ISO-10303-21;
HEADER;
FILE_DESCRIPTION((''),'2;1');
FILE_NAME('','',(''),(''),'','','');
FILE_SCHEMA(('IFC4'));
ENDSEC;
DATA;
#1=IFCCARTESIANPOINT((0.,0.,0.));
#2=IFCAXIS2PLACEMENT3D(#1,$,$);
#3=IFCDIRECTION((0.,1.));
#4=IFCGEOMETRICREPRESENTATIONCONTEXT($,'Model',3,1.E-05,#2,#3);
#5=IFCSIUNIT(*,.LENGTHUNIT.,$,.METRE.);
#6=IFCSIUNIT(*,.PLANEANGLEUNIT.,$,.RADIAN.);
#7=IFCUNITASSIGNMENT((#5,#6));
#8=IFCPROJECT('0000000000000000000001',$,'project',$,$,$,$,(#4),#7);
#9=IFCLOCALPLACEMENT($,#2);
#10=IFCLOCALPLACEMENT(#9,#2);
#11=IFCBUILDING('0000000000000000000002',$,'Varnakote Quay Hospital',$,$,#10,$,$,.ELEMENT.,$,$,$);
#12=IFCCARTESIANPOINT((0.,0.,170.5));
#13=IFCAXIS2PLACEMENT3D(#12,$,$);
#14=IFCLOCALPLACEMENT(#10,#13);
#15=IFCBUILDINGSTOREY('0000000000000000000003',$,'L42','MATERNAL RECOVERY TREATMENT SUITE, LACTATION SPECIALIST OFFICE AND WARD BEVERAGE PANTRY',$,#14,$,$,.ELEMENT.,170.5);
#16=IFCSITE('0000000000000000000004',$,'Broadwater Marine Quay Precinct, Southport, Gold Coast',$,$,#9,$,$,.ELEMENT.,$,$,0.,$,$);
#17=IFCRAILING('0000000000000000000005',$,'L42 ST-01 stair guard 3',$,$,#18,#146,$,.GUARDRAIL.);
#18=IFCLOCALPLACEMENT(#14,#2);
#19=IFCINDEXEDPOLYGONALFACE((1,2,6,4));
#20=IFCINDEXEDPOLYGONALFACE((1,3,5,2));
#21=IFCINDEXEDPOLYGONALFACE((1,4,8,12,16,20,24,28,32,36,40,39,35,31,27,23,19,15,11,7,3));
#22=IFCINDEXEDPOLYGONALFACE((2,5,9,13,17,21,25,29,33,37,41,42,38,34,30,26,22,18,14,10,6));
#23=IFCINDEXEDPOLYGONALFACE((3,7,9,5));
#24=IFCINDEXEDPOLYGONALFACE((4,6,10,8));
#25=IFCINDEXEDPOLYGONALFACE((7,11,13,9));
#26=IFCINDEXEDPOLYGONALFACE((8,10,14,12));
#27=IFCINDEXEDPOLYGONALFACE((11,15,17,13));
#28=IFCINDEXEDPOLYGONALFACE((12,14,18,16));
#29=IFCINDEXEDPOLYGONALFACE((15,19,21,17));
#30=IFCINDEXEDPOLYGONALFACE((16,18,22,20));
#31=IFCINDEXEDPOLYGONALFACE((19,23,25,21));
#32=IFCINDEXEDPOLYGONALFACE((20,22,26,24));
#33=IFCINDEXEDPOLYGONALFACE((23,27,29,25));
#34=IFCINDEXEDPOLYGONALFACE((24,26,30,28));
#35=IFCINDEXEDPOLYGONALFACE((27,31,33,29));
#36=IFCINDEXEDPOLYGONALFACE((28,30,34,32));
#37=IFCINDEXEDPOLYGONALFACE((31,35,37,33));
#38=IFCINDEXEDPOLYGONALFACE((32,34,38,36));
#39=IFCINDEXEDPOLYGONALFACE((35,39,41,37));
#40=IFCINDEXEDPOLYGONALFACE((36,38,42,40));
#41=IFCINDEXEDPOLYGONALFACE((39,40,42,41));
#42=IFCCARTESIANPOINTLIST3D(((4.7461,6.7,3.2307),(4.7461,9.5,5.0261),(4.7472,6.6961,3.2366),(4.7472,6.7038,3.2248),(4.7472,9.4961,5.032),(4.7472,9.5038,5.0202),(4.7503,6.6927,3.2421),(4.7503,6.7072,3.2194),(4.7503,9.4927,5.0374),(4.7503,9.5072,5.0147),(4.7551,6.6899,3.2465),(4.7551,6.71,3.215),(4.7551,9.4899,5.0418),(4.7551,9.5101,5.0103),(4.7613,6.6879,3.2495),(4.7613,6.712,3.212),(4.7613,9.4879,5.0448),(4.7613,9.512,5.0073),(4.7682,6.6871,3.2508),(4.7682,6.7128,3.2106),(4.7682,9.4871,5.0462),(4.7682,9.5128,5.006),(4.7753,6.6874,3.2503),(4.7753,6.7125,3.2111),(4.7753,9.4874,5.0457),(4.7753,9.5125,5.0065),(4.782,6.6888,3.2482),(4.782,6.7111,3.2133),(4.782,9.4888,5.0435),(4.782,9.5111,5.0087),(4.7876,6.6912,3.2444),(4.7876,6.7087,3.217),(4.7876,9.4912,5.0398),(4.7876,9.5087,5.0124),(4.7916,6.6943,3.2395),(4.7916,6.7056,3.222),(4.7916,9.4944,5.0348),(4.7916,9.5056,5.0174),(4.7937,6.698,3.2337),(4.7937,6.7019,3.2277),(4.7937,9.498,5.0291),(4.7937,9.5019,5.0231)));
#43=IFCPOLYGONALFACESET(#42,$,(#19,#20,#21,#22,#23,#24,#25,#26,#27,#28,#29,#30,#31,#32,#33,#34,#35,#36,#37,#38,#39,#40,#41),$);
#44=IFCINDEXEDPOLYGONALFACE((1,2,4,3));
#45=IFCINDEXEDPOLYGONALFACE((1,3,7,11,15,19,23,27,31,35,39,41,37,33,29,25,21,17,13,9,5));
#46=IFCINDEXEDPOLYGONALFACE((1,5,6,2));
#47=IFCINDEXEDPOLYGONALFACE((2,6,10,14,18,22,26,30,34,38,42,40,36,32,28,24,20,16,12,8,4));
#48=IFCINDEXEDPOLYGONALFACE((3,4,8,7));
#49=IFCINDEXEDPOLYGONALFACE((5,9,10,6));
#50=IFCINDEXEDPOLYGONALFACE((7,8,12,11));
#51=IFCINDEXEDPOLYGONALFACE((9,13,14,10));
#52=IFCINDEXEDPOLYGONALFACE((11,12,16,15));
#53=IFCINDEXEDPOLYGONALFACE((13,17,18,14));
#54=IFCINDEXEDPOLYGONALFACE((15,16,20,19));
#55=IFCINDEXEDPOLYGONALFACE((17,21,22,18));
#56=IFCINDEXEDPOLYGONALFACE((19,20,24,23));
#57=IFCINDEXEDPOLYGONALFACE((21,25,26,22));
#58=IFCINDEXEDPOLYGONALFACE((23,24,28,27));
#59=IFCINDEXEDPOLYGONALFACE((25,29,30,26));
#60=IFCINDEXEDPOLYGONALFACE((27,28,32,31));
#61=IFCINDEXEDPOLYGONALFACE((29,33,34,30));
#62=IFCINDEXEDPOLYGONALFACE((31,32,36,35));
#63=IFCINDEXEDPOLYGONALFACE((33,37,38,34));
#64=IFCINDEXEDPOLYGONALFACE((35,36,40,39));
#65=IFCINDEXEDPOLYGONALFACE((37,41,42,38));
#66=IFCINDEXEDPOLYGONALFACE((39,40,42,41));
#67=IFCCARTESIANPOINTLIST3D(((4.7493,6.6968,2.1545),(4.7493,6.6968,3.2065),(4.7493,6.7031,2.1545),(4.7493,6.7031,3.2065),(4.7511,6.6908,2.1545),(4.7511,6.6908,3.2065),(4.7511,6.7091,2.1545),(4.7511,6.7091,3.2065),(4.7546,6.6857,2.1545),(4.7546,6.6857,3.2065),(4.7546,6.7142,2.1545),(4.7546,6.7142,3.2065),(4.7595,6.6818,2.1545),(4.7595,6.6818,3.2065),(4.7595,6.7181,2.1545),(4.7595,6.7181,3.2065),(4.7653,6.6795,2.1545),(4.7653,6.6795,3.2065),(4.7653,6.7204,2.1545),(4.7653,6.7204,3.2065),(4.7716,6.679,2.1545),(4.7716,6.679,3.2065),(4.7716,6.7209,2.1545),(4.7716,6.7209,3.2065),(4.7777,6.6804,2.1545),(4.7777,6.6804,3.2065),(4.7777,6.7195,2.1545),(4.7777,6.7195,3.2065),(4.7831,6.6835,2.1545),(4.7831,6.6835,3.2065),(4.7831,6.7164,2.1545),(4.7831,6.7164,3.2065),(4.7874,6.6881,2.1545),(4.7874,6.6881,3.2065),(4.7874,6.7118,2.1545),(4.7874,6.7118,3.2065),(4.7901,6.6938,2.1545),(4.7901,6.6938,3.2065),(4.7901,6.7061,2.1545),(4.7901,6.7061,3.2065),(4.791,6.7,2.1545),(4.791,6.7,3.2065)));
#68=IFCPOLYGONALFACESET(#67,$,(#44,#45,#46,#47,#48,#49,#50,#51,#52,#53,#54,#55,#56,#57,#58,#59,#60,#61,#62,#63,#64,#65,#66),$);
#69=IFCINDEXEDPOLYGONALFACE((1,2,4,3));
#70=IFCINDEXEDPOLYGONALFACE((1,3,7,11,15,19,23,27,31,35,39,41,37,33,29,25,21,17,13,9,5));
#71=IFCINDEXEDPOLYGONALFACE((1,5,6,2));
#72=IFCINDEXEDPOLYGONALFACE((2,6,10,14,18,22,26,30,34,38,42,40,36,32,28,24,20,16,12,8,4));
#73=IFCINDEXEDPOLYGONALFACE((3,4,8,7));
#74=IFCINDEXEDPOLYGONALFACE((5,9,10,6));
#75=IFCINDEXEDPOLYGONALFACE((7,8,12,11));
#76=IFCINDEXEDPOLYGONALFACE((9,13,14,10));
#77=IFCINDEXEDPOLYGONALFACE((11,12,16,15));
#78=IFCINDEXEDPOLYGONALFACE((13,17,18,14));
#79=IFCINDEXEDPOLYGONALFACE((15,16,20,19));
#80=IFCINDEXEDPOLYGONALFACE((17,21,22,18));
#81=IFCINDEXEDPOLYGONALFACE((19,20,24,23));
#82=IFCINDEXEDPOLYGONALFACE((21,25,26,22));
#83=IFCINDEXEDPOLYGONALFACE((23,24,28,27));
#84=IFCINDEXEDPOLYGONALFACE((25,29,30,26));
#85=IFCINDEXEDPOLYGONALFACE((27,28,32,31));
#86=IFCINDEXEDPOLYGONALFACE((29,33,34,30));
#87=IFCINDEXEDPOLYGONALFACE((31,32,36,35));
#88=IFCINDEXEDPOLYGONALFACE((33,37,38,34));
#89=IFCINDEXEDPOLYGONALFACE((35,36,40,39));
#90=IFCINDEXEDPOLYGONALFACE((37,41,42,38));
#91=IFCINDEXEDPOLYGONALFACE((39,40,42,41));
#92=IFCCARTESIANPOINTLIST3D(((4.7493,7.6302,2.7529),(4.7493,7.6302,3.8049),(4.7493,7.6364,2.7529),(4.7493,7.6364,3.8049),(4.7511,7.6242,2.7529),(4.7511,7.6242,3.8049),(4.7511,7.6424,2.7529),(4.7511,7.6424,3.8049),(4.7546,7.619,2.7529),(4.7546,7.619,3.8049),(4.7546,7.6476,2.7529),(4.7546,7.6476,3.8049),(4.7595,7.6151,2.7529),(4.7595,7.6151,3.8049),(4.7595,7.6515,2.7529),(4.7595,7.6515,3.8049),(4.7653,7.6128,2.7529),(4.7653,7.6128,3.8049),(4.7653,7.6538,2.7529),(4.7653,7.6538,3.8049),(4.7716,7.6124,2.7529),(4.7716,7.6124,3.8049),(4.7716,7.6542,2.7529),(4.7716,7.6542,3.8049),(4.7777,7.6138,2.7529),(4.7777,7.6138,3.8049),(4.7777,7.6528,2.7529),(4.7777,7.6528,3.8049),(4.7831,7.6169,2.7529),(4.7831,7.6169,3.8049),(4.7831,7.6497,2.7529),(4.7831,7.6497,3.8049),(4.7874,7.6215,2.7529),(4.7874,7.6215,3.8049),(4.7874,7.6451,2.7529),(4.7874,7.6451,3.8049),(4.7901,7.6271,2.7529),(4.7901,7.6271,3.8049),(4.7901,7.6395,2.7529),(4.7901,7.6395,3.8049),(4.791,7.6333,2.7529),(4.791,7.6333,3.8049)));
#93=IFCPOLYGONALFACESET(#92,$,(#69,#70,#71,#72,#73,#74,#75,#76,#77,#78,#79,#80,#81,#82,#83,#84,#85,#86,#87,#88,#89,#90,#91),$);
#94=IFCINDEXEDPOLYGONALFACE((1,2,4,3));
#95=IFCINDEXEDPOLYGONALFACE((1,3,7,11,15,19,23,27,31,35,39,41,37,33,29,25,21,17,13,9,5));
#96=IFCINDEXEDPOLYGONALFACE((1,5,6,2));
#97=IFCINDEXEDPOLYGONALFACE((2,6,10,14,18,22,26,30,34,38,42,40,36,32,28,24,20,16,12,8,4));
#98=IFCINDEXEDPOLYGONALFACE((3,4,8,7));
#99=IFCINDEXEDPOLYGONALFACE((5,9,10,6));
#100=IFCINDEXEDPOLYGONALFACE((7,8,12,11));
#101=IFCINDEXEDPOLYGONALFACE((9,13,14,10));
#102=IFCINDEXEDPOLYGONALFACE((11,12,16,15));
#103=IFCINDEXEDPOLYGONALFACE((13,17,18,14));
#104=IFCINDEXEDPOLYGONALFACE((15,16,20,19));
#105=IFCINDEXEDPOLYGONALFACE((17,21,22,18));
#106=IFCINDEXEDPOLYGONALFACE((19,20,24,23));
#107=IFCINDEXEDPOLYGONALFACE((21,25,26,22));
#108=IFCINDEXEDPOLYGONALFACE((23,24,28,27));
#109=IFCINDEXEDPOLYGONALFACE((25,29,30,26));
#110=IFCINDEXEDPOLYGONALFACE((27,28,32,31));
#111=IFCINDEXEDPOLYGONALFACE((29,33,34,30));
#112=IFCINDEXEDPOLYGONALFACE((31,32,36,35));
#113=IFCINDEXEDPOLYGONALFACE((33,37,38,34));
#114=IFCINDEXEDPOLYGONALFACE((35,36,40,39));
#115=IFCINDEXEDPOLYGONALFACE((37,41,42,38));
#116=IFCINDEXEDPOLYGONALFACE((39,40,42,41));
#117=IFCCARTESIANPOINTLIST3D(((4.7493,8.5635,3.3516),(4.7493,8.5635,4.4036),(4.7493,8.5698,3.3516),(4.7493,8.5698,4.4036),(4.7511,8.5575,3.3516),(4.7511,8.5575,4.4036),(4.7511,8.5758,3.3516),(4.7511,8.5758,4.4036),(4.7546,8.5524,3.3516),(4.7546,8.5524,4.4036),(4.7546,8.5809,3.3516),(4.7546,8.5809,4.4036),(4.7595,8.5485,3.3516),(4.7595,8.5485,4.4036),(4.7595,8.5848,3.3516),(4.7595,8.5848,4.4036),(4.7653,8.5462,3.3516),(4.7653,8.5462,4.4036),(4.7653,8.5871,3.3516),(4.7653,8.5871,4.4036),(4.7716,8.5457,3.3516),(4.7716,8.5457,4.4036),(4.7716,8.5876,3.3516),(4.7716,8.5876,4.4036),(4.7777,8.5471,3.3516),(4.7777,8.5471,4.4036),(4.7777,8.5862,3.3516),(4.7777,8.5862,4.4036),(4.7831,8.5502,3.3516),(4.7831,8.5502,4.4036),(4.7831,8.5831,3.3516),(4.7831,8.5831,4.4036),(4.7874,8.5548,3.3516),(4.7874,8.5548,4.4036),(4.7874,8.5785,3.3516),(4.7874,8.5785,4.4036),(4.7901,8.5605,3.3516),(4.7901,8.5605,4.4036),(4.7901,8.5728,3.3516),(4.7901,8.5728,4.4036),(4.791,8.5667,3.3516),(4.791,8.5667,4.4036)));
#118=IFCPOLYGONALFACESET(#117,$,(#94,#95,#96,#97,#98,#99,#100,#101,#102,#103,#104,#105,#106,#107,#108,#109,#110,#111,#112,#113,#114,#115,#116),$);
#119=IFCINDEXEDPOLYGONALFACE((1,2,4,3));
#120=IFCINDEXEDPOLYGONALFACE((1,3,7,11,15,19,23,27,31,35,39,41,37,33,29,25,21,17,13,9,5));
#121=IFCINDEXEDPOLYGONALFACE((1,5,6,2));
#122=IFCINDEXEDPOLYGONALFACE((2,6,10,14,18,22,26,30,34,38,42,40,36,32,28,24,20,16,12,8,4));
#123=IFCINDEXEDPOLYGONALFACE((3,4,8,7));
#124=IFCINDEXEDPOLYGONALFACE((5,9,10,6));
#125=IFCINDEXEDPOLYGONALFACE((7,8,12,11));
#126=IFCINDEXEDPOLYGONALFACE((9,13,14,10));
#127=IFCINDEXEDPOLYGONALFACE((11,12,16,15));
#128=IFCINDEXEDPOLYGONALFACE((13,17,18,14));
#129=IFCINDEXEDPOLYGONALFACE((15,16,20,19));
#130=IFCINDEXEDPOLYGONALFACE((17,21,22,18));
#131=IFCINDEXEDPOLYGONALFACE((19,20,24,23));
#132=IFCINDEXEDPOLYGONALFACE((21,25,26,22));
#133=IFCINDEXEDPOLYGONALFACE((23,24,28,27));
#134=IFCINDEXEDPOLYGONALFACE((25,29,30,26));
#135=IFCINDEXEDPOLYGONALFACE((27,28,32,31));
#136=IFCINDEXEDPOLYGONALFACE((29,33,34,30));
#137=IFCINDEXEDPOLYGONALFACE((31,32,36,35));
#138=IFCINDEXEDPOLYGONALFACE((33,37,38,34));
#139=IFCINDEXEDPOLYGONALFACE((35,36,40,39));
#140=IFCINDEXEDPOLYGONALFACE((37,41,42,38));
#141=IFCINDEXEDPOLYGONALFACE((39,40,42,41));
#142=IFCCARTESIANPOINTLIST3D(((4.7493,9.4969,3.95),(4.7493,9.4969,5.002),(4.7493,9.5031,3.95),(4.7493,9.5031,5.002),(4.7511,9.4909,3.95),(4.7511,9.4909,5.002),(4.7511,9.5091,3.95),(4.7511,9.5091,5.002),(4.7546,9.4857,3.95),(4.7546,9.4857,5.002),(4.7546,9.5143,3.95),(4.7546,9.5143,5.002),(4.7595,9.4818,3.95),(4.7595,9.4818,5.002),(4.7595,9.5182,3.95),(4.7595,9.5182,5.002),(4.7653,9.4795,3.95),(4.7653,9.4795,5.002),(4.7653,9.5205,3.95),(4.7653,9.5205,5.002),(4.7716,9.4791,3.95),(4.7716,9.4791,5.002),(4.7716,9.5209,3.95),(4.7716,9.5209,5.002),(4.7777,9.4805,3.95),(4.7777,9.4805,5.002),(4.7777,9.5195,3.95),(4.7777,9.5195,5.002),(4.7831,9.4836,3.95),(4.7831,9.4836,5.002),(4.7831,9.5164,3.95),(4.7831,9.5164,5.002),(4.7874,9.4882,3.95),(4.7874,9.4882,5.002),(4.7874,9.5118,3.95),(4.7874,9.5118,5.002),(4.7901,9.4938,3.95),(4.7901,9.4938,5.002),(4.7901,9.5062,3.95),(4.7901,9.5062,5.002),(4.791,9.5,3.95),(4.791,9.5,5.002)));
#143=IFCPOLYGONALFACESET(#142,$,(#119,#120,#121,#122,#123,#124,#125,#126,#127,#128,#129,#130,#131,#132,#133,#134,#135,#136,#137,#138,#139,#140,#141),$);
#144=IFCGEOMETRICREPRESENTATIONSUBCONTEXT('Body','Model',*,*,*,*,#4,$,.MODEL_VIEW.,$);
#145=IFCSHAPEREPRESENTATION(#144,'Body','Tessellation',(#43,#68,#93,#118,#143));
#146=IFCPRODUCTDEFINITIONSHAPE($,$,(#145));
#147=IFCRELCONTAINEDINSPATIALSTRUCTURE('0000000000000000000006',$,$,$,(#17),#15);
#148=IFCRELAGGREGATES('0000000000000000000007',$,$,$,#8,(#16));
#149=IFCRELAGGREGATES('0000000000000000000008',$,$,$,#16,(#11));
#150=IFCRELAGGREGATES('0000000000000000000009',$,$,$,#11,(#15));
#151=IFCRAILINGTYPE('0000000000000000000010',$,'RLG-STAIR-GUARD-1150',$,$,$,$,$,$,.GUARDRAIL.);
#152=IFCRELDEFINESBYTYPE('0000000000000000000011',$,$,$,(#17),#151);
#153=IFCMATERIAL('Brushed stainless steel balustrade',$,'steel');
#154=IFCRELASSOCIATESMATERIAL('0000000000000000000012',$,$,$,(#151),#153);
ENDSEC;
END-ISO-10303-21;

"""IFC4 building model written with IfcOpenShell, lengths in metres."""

from ifc_helpers import new_model, si_unit, direction, frame, origin, origin_2d, place, context, subcontext, project, spatial, circle, extrude, material, type_object, element, save


model = new_model("IFC4")

# Units and contexts
model_context = context("Model", 3, precision=1e-05, world=origin(), true_north=direction((0.0, 1.0)))
body_context = subcontext(model_context, "Body", "Model", "MODEL_VIEW")
ifc_project = project(units=[si_unit("LENGTHUNIT", "METRE"), si_unit("PLANEANGLEUNIT", "RADIAN")], contexts=[model_context])

# Site, building, storey
site_placement = place(None, origin())
site = spatial("IfcSite", under=ifc_project, at=site_placement, Name="Broadwater Marine Quay Precinct, Southport, Gold Coast", CompositionType="ELEMENT", RefElevation=0.0)
building_placement = place(site_placement, origin())
building = spatial("IfcBuilding", under=site, at=building_placement, Name="Varnakote Quay Hospital", CompositionType="ELEMENT")
storey_placement = place(building_placement, frame((0.0, 0.0, 170.5)))
storey = spatial("IfcBuildingStorey", under=building, at=storey_placement, Name="L42", Description="MATERNAL RECOVERY TREATMENT SUITE, LACTATION SPECIALIST OFFICE AND WARD BEVERAGE PANTRY", CompositionType="ELEMENT", Elevation=170.5)

# Railing
ifc_material_1 = material(Name="Brushed stainless steel balustrade", Category="steel")
railing_type_1 = type_object("IfcRailingType", Name="RLG-STAIR-GUARD-1150", PredefinedType="GUARDRAIL", material=ifc_material_1)
railing_1_placement = place(storey_placement, frame((4.77, 6.7, 2.1545)))
element("IfcRailing", 1, at=railing_1_placement, inside=storey, type_object=railing_type_1, Name="L42 ST-01 stair guard 3", PredefinedType="GUARDRAIL", context=body_context, shape_type="SweptSolid", body=[
    extrude(circle(Radius=0.0239, at=origin_2d()), frame((0.0, 0.0, 1.0762), z_axis=(0.0, 0.84181, 0.539774), x_axis=(-1.0, 0.0, 0.0)), (0.0, 0.0, 1.0), 3.3262),
    extrude(circle(Radius=0.021, at=origin_2d()), origin(), (0.0, 0.0, 1.0), 1.052),
    extrude(circle(Radius=0.021, at=origin_2d()), frame((0.0, 0.9333, 0.5984)), (0.0, 0.0, 1.0), 1.052),
    extrude(circle(Radius=0.021, at=origin_2d()), frame((0.0, 1.8667, 1.197)), (0.0, 0.0, 1.0), 1.052),
    extrude(circle(Radius=0.021, at=origin_2d()), frame((0.0, 2.8, 1.7954)), (0.0, 0.0, 1.0), 1.052),
])

save(model, "model.ifc")
